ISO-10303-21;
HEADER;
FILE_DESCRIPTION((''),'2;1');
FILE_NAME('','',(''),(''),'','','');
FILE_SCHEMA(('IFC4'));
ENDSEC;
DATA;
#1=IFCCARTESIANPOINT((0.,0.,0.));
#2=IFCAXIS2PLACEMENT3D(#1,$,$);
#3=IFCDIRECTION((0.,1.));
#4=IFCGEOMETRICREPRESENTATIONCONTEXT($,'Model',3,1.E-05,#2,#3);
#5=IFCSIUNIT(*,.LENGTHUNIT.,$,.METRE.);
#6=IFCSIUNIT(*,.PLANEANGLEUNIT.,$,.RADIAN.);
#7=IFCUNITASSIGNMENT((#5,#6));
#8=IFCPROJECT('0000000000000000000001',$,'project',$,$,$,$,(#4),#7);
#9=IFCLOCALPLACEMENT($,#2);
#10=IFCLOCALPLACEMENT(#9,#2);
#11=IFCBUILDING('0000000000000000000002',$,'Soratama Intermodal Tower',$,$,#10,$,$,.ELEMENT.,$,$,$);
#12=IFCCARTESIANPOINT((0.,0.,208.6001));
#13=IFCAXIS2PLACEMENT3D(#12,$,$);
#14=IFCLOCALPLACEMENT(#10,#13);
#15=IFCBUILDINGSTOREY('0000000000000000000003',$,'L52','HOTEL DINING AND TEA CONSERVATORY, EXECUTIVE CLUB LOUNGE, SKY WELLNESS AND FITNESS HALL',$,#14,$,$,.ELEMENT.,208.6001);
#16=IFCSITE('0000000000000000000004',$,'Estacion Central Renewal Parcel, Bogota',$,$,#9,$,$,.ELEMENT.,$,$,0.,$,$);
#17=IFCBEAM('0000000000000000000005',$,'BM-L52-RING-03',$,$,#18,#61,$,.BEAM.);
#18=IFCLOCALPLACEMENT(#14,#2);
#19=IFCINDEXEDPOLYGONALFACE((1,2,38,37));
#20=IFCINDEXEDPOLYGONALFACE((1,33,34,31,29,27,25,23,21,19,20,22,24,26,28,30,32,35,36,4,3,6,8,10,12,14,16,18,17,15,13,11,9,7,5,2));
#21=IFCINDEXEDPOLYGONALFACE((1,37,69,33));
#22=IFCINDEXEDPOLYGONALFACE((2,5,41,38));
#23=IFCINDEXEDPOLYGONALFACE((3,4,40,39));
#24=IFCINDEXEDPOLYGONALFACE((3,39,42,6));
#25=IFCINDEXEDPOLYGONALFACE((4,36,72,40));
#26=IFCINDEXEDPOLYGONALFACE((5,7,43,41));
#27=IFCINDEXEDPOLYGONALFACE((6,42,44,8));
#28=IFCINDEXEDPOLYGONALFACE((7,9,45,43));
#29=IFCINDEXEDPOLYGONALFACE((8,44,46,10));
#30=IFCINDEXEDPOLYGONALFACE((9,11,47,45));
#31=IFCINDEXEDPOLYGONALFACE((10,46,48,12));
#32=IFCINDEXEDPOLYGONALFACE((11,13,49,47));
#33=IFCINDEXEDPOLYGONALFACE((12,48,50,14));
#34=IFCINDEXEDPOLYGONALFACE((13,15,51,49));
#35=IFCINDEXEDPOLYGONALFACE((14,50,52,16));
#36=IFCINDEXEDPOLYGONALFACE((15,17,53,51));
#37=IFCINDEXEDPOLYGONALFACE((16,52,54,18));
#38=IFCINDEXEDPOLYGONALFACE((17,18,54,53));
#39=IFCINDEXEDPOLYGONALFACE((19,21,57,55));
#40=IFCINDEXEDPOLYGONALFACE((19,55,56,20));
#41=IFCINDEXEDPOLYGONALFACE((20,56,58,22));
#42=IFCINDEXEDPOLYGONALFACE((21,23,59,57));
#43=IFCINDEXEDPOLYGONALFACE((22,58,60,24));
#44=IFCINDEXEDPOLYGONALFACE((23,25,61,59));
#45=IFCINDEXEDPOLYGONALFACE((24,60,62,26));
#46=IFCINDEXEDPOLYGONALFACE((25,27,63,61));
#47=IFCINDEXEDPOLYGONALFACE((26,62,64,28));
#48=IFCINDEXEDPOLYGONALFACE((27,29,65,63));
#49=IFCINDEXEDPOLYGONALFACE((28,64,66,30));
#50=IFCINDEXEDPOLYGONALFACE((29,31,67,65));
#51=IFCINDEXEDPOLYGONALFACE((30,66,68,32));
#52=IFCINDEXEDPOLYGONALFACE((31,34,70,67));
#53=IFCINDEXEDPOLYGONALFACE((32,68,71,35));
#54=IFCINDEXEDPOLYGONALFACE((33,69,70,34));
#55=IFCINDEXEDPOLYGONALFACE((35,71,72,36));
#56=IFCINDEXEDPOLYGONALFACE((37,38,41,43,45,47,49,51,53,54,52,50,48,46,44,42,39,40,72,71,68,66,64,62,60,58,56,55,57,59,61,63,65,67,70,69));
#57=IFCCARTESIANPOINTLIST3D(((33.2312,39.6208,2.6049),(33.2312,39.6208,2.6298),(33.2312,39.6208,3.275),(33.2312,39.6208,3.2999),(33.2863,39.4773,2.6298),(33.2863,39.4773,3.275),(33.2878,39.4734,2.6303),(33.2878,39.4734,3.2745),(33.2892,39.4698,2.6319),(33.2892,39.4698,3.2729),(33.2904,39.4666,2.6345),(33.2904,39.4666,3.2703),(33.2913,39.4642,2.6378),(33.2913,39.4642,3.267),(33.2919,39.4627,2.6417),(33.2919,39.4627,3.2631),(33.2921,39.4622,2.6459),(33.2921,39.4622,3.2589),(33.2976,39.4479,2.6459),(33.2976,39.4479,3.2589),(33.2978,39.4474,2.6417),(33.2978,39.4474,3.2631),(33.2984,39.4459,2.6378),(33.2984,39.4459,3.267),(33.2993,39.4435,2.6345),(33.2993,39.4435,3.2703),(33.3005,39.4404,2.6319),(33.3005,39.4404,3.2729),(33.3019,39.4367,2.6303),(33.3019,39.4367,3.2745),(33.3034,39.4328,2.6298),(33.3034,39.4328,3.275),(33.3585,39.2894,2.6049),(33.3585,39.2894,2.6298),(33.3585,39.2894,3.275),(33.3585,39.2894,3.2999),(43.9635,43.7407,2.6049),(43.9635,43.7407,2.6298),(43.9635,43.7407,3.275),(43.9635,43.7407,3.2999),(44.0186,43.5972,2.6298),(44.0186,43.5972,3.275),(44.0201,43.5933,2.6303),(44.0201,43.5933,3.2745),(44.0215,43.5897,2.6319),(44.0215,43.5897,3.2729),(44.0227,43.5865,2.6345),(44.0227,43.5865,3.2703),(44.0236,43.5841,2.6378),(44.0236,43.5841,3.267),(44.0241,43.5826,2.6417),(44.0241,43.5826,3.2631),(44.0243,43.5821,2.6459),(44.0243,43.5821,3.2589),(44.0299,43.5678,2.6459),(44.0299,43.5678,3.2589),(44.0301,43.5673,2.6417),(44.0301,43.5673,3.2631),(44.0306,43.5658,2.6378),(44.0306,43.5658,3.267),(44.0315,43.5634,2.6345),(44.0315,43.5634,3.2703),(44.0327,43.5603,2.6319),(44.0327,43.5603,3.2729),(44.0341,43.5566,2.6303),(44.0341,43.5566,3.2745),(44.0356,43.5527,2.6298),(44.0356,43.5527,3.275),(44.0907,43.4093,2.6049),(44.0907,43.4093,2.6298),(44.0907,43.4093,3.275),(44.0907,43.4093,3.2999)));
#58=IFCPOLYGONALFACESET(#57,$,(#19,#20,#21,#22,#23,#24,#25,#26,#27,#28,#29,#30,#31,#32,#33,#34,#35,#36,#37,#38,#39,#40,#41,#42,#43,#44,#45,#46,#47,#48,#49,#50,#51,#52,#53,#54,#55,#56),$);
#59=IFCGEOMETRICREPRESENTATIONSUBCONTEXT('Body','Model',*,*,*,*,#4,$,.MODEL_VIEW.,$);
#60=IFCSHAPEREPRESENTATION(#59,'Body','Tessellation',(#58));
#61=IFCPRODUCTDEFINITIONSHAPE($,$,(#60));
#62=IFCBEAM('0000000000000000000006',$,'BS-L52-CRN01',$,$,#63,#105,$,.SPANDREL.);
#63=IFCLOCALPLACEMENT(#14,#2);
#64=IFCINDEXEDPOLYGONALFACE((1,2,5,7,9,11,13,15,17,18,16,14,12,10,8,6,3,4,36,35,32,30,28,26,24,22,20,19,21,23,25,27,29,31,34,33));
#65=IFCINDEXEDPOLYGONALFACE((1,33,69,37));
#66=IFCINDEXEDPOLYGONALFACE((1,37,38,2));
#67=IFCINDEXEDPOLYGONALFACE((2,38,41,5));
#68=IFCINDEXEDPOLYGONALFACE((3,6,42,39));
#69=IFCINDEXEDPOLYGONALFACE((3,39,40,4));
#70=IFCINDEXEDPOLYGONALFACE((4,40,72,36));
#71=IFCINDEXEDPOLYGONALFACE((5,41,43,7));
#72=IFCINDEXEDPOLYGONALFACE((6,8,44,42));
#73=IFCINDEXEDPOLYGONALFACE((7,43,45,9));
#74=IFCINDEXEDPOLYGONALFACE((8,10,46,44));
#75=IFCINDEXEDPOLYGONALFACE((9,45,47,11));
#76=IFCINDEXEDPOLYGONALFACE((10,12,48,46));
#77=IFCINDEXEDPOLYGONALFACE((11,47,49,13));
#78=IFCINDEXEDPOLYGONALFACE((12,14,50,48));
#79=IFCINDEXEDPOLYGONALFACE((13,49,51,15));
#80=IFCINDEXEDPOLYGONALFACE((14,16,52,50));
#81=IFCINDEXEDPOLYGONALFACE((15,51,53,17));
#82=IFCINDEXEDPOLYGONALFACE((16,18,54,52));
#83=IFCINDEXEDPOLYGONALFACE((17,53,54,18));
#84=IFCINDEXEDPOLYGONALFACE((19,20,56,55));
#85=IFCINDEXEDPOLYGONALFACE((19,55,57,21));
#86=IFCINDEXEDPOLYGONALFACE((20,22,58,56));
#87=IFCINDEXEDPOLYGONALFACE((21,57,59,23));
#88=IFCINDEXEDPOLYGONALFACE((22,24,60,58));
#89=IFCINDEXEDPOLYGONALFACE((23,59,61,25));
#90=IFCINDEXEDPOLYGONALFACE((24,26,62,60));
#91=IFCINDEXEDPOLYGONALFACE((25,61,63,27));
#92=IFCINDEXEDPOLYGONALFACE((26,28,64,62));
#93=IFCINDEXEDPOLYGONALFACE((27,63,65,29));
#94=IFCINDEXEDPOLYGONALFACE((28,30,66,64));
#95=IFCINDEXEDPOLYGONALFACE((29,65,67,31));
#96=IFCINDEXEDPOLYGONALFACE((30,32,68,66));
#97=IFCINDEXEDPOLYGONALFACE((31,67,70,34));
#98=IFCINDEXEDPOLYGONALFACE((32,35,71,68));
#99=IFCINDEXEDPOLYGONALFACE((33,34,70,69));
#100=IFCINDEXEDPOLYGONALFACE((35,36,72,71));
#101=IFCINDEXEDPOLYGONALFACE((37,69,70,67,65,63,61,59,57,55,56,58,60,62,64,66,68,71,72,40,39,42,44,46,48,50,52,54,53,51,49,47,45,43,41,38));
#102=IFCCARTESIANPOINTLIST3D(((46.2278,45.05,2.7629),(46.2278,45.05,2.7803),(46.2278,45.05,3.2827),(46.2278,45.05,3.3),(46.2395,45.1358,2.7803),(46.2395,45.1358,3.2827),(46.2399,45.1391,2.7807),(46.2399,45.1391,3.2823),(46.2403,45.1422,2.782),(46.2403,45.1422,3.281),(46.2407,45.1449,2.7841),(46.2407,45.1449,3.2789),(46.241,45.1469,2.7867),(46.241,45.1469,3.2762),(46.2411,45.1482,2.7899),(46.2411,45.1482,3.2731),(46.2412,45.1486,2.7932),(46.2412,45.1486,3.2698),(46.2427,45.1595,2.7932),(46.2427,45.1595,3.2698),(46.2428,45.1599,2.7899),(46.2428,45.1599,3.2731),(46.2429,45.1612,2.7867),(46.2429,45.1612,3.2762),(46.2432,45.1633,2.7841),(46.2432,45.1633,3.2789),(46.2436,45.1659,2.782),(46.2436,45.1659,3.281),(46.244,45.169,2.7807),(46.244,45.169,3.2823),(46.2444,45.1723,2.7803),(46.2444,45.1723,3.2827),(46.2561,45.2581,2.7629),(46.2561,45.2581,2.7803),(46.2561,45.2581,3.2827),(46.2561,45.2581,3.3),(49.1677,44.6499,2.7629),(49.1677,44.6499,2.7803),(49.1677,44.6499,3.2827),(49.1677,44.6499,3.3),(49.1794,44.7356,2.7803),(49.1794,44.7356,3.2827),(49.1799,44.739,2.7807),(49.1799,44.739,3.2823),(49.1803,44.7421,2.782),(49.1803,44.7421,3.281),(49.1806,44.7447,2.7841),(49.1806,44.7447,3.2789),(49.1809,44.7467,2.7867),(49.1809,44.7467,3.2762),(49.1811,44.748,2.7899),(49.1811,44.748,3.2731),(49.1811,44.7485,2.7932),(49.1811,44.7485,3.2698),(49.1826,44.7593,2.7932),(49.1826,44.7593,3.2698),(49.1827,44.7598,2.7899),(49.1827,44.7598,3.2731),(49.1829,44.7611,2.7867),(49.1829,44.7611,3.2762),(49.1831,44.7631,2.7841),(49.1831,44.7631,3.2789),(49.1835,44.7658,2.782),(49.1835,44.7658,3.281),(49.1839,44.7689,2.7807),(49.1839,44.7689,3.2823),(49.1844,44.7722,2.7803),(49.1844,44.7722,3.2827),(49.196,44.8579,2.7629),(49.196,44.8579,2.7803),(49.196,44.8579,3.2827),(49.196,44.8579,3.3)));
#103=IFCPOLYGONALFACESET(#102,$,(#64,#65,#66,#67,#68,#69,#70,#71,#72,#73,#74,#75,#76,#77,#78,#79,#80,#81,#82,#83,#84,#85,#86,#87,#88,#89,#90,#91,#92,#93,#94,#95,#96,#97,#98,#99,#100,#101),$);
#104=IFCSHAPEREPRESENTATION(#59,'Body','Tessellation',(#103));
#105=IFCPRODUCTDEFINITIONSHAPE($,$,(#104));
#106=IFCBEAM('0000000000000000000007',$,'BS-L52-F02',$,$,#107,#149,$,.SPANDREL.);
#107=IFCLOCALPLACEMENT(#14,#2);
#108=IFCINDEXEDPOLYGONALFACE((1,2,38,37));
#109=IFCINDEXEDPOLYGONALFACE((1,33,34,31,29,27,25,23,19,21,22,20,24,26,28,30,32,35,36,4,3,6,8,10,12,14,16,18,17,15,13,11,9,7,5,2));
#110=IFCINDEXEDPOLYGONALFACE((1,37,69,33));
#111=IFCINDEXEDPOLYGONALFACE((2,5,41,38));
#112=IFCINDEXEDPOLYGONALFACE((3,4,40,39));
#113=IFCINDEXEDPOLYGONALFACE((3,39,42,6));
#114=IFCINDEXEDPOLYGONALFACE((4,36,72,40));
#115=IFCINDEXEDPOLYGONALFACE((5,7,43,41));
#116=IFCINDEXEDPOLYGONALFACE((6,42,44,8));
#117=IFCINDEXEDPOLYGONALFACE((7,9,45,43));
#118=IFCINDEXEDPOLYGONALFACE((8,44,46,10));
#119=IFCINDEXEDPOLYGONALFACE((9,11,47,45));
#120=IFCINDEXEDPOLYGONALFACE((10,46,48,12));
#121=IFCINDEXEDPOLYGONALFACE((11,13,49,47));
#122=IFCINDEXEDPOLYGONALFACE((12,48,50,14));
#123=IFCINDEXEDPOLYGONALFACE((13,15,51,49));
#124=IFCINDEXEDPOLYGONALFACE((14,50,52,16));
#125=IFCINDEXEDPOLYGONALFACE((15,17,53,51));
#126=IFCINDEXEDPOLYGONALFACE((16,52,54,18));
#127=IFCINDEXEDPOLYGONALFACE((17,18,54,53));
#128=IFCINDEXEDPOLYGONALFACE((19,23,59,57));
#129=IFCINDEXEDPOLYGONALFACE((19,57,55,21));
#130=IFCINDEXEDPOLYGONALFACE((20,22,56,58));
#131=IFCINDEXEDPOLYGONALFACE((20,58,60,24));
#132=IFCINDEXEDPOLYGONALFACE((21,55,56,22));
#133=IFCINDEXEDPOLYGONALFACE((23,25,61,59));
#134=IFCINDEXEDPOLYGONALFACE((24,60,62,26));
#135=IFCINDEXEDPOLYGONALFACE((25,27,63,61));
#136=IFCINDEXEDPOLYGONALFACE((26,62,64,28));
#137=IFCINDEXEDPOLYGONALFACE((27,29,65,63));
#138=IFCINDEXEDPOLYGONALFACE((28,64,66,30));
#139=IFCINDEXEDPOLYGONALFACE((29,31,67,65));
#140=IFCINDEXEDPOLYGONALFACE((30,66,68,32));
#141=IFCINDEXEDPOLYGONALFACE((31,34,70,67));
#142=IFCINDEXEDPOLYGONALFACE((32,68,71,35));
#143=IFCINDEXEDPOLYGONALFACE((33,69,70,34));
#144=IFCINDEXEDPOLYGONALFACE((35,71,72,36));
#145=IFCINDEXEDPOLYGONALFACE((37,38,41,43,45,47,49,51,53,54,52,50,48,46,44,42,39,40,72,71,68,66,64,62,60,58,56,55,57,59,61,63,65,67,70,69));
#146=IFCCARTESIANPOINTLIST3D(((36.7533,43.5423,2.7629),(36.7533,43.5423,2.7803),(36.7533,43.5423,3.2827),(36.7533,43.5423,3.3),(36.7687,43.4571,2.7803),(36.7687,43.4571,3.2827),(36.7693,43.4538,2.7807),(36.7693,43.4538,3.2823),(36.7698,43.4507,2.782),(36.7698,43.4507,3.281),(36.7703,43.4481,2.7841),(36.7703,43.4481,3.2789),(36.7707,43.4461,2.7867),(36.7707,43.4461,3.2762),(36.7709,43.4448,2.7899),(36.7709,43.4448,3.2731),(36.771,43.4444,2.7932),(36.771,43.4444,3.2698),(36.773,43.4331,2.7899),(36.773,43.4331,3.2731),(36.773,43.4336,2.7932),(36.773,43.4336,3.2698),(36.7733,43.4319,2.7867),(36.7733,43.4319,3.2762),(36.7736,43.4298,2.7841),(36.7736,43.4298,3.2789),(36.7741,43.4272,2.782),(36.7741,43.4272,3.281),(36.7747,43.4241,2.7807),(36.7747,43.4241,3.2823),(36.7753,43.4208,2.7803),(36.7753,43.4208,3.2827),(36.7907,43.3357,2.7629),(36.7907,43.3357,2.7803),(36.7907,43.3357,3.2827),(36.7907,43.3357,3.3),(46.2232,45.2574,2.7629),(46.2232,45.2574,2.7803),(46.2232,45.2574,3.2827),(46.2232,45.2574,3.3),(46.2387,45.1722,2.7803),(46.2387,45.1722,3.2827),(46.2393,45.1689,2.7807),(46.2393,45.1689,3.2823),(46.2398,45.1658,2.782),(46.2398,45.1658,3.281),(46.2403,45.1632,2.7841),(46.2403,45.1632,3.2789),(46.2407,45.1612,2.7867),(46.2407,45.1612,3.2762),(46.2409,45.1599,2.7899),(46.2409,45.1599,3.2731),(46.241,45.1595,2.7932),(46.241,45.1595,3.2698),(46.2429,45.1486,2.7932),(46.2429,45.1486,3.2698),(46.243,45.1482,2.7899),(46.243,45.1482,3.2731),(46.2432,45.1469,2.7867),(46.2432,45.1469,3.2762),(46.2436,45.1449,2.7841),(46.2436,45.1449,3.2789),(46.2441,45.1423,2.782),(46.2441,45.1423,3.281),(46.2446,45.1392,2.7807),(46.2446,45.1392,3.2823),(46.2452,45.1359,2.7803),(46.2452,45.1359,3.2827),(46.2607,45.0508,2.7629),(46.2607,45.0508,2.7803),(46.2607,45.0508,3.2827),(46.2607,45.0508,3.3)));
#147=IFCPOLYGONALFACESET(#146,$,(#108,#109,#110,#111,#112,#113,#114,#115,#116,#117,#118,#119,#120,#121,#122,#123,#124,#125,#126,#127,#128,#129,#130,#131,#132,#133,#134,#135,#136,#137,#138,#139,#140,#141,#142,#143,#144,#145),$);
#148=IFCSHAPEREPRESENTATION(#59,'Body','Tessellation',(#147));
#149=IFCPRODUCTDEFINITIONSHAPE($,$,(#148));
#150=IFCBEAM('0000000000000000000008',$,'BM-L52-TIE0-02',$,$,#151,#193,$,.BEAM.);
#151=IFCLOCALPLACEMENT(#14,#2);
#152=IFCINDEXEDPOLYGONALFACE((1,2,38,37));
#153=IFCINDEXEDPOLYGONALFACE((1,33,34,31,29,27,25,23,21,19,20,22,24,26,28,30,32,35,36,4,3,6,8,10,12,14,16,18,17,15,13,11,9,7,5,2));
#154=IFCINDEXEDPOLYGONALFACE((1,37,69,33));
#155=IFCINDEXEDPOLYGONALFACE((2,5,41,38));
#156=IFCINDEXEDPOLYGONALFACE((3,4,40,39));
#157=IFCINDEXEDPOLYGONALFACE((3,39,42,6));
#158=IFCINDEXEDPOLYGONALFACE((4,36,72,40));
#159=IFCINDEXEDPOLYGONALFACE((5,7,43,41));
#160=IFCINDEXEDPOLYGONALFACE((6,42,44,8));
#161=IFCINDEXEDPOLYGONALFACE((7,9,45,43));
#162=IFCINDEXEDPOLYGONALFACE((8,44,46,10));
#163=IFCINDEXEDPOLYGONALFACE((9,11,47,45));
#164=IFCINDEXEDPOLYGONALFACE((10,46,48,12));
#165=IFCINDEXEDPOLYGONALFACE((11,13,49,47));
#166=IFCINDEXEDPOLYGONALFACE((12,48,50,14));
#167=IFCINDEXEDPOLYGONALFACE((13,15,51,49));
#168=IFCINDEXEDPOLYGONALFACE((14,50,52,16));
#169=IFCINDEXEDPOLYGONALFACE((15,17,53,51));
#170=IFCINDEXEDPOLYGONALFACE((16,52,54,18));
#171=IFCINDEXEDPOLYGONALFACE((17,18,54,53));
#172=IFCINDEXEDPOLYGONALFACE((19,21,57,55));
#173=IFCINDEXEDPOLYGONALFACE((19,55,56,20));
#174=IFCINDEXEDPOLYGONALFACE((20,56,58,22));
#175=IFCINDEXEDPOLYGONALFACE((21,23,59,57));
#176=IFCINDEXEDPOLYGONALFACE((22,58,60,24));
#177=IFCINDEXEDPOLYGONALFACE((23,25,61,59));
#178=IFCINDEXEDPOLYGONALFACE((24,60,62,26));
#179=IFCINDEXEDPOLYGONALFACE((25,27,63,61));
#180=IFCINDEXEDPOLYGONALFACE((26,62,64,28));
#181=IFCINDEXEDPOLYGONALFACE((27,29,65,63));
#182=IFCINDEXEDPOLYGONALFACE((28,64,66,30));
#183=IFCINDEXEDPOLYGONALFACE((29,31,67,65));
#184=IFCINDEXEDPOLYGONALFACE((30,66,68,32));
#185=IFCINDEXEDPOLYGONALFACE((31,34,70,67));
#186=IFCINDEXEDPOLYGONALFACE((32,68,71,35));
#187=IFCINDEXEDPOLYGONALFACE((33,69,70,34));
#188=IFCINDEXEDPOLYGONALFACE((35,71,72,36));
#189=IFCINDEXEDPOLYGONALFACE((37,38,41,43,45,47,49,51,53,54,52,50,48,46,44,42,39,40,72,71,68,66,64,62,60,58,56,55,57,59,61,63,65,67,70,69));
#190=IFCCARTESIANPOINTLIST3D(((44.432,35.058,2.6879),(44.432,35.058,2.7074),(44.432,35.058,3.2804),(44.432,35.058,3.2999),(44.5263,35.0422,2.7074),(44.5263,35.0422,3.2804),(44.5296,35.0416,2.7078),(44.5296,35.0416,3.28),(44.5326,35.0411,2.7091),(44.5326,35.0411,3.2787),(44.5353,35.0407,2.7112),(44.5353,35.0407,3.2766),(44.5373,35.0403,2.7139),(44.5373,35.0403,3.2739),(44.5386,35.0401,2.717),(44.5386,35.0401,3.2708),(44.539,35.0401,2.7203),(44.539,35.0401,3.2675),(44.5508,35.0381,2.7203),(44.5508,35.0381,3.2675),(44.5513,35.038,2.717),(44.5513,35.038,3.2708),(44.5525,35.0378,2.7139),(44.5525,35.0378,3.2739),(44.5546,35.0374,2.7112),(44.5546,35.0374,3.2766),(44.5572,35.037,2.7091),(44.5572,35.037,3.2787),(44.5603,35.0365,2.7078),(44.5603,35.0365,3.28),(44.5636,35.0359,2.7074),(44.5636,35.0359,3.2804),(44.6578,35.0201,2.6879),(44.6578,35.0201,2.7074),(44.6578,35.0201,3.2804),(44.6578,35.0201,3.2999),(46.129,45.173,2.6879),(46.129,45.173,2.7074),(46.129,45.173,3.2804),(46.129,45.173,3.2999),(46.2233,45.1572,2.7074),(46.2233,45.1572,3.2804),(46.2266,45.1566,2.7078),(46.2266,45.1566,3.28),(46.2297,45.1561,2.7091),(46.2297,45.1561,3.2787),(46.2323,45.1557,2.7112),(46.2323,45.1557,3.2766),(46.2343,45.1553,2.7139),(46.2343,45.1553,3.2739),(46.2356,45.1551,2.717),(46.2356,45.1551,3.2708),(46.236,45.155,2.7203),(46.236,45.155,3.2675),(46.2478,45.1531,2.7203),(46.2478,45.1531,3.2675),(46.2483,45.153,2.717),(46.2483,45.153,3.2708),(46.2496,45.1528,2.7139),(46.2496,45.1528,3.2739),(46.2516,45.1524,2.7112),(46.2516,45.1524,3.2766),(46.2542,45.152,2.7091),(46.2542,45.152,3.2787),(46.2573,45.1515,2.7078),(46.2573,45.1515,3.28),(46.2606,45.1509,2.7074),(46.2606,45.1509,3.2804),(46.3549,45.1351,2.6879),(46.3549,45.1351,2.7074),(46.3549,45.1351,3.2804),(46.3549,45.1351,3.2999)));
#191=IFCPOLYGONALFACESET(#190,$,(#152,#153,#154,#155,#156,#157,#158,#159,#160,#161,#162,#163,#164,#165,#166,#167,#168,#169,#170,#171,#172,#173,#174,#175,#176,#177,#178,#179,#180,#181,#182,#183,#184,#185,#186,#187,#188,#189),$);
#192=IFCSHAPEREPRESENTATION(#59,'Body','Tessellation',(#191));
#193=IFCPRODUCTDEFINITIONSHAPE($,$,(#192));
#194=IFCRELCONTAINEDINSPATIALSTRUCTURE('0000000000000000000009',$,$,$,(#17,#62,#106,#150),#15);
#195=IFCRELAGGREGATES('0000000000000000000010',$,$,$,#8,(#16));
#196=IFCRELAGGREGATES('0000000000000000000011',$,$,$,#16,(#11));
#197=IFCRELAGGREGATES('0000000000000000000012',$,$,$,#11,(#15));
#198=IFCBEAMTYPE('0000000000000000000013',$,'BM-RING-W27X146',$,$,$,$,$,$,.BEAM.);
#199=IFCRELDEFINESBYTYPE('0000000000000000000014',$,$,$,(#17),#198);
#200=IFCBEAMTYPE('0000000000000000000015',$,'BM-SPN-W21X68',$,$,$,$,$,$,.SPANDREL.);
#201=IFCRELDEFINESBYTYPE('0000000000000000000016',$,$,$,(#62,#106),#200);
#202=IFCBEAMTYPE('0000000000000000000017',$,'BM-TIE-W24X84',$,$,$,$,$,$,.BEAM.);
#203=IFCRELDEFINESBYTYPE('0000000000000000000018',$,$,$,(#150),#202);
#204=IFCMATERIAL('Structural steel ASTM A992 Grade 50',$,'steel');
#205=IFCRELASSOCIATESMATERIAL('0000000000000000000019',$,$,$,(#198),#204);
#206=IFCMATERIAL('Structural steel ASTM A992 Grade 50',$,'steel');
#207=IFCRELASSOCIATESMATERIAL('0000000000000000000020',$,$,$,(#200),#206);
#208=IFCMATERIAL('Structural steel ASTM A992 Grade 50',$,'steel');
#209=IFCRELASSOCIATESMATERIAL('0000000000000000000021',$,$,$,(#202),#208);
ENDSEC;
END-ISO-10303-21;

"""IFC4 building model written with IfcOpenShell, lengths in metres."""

from ifc_helpers import new_model, si_unit, direction, frame, origin, origin_2d, place, context, subcontext, project, spatial, i_section, extrude, material, material_profile, profile_set, type_object, element, save


model = new_model("IFC4")

# Units and contexts
model_context = context("Model", 3, precision=1e-05, world=origin(), true_north=direction((0.0, 1.0)))
body_context = subcontext(model_context, "Body", "Model", "MODEL_VIEW")
ifc_project = project(units=[si_unit("LENGTHUNIT", "METRE"), si_unit("PLANEANGLEUNIT", "RADIAN")], contexts=[model_context])

# Site, building, storey
site_placement = place(None, origin())
site = spatial("IfcSite", under=ifc_project, at=site_placement, Name="Estacion Central Renewal Parcel, Bogota", CompositionType="ELEMENT", RefElevation=0.0)
building_placement = place(site_placement, origin())
building = spatial("IfcBuilding", under=site, at=building_placement, Name="Soratama Intermodal Tower", CompositionType="ELEMENT")
storey_placement = place(building_placement, frame((0.0, 0.0, 208.6001)))
storey = spatial("IfcBuildingStorey", under=building, at=storey_placement, Name="L52", Description="HOTEL DINING AND TEA CONSERVATORY, EXECUTIVE CLUB LOUNGE, SKY WELLNESS AND FITNESS HALL", CompositionType="ELEMENT", Elevation=208.6001)

# Beams
ifc_material_1 = material(Name="Structural steel ASTM A992 Grade 50", Category="steel")
ifc_material_profile_1 = material_profile(ifc_material_1, i_section(OverallWidth=0.355, OverallDepth=0.6951, WebThickness=0.0154, FlangeThickness=0.0249, FilletRadius=0.0161, at=origin_2d()), Name="W27X146")
ifc_profile_set_1 = profile_set([ifc_material_profile_1], Name="Structural steel ASTM A992 Grade 50")
beam_type_1 = type_object("IfcBeamType", Name="BM-RING-W27X146", PredefinedType="BEAM", material=ifc_profile_set_1)
beam_1_placement = place(storey_placement, frame((44.0271, 43.575, 2.9524), z_axis=(-0.933575, -0.358381, 0.0), x_axis=(0.358381, -0.933575, 0.0)))
element("IfcBeam", 1, at=beam_1_placement, inside=storey, type_object=beam_type_1, Name="BM-L52-RING-03", PredefinedType="BEAM", context=body_context, shape_type="SweptSolid", body=[
    extrude(i_section(OverallWidth=0.355, OverallDepth=0.6951, WebThickness=0.0154, FlangeThickness=0.0249, FilletRadius=0.0161, at=origin_2d()), origin(), (0.0, 0.0, 1.0), 11.4958),
])
ifc_material_2 = material(Name="Structural steel ASTM A992 Grade 50", Category="steel")
ifc_material_profile_2 = material_profile(ifc_material_2, i_section(OverallWidth=0.21, OverallDepth=0.5371, WebThickness=0.011, FlangeThickness=0.0173, FilletRadius=0.0129, at=origin_2d()), Name="W21X68")
ifc_profile_set_2 = profile_set([ifc_material_profile_2], Name="Structural steel ASTM A992 Grade 50")
beam_type_2 = type_object("IfcBeamType", Name="BM-SPN-W21X68", PredefinedType="SPANDREL", material=ifc_profile_set_2)
beam_2_placement = place(storey_placement, frame((49.1819, 44.7539, 3.0315), z_axis=(-0.990864, 0.134864, 0.0), x_axis=(-0.134864, -0.990864, 0.0)))
element("IfcBeam", 2, at=beam_2_placement, inside=storey, type_object=beam_type_2, Name="BS-L52-CRN01", PredefinedType="SPANDREL", context=body_context, shape_type="SweptSolid", body=[
    extrude(i_section(OverallWidth=0.21, OverallDepth=0.5371, WebThickness=0.011, FlangeThickness=0.0173, FilletRadius=0.0129, at=origin_2d()), origin(), (0.0, 0.0, 1.0), 2.967),
])
beam_3_placement = place(storey_placement, frame((46.2419, 45.1541, 3.0315), z_axis=(-0.983993, -0.178209, 0.0), x_axis=(0.178209, -0.983993, 0.0)))
element("IfcBeam", 3, at=beam_3_placement, inside=storey, type_object=beam_type_2, Name="BS-L52-F02", PredefinedType="SPANDREL", context=body_context, shape_type="SweptSolid", body=[
    extrude(i_section(OverallWidth=0.21, OverallDepth=0.5371, WebThickness=0.011, FlangeThickness=0.0173, FilletRadius=0.0129, at=origin_2d()), origin(), (0.0, 0.0, 1.0), 9.624),
])
ifc_material_3 = material(Name="Structural steel ASTM A992 Grade 50", Category="steel")
ifc_material_profile_3 = material_profile(ifc_material_3, i_section(OverallWidth=0.229, OverallDepth=0.6121, WebThickness=0.012, FlangeThickness=0.0195, FilletRadius=0.0129, at=origin_2d()), Name="W24X84")
ifc_profile_set_3 = profile_set([ifc_material_profile_3], Name="Structural steel ASTM A992 Grade 50")
beam_type_3 = type_object("IfcBeamType", Name="BM-TIE-W24X84", PredefinedType="BEAM", material=ifc_profile_set_3)
beam_4_placement = place(storey_placement, frame((44.5449, 35.0391, 2.9939), z_axis=(0.16546, 0.986216, 0.0), x_axis=(-0.986216, 0.16546, 0.0)))
element("IfcBeam", 4, at=beam_4_placement, inside=storey, type_object=beam_type_3, Name="BM-L52-TIE0-02", PredefinedType="BEAM", context=body_context, shape_type="SweptSolid", body=[
    extrude(i_section(OverallWidth=0.229, OverallDepth=0.6121, WebThickness=0.012, FlangeThickness=0.0195, FilletRadius=0.0129, at=origin_2d()), origin(), (0.0, 0.0, 1.0), 10.2563),
])

save(model, "model.ifc")
